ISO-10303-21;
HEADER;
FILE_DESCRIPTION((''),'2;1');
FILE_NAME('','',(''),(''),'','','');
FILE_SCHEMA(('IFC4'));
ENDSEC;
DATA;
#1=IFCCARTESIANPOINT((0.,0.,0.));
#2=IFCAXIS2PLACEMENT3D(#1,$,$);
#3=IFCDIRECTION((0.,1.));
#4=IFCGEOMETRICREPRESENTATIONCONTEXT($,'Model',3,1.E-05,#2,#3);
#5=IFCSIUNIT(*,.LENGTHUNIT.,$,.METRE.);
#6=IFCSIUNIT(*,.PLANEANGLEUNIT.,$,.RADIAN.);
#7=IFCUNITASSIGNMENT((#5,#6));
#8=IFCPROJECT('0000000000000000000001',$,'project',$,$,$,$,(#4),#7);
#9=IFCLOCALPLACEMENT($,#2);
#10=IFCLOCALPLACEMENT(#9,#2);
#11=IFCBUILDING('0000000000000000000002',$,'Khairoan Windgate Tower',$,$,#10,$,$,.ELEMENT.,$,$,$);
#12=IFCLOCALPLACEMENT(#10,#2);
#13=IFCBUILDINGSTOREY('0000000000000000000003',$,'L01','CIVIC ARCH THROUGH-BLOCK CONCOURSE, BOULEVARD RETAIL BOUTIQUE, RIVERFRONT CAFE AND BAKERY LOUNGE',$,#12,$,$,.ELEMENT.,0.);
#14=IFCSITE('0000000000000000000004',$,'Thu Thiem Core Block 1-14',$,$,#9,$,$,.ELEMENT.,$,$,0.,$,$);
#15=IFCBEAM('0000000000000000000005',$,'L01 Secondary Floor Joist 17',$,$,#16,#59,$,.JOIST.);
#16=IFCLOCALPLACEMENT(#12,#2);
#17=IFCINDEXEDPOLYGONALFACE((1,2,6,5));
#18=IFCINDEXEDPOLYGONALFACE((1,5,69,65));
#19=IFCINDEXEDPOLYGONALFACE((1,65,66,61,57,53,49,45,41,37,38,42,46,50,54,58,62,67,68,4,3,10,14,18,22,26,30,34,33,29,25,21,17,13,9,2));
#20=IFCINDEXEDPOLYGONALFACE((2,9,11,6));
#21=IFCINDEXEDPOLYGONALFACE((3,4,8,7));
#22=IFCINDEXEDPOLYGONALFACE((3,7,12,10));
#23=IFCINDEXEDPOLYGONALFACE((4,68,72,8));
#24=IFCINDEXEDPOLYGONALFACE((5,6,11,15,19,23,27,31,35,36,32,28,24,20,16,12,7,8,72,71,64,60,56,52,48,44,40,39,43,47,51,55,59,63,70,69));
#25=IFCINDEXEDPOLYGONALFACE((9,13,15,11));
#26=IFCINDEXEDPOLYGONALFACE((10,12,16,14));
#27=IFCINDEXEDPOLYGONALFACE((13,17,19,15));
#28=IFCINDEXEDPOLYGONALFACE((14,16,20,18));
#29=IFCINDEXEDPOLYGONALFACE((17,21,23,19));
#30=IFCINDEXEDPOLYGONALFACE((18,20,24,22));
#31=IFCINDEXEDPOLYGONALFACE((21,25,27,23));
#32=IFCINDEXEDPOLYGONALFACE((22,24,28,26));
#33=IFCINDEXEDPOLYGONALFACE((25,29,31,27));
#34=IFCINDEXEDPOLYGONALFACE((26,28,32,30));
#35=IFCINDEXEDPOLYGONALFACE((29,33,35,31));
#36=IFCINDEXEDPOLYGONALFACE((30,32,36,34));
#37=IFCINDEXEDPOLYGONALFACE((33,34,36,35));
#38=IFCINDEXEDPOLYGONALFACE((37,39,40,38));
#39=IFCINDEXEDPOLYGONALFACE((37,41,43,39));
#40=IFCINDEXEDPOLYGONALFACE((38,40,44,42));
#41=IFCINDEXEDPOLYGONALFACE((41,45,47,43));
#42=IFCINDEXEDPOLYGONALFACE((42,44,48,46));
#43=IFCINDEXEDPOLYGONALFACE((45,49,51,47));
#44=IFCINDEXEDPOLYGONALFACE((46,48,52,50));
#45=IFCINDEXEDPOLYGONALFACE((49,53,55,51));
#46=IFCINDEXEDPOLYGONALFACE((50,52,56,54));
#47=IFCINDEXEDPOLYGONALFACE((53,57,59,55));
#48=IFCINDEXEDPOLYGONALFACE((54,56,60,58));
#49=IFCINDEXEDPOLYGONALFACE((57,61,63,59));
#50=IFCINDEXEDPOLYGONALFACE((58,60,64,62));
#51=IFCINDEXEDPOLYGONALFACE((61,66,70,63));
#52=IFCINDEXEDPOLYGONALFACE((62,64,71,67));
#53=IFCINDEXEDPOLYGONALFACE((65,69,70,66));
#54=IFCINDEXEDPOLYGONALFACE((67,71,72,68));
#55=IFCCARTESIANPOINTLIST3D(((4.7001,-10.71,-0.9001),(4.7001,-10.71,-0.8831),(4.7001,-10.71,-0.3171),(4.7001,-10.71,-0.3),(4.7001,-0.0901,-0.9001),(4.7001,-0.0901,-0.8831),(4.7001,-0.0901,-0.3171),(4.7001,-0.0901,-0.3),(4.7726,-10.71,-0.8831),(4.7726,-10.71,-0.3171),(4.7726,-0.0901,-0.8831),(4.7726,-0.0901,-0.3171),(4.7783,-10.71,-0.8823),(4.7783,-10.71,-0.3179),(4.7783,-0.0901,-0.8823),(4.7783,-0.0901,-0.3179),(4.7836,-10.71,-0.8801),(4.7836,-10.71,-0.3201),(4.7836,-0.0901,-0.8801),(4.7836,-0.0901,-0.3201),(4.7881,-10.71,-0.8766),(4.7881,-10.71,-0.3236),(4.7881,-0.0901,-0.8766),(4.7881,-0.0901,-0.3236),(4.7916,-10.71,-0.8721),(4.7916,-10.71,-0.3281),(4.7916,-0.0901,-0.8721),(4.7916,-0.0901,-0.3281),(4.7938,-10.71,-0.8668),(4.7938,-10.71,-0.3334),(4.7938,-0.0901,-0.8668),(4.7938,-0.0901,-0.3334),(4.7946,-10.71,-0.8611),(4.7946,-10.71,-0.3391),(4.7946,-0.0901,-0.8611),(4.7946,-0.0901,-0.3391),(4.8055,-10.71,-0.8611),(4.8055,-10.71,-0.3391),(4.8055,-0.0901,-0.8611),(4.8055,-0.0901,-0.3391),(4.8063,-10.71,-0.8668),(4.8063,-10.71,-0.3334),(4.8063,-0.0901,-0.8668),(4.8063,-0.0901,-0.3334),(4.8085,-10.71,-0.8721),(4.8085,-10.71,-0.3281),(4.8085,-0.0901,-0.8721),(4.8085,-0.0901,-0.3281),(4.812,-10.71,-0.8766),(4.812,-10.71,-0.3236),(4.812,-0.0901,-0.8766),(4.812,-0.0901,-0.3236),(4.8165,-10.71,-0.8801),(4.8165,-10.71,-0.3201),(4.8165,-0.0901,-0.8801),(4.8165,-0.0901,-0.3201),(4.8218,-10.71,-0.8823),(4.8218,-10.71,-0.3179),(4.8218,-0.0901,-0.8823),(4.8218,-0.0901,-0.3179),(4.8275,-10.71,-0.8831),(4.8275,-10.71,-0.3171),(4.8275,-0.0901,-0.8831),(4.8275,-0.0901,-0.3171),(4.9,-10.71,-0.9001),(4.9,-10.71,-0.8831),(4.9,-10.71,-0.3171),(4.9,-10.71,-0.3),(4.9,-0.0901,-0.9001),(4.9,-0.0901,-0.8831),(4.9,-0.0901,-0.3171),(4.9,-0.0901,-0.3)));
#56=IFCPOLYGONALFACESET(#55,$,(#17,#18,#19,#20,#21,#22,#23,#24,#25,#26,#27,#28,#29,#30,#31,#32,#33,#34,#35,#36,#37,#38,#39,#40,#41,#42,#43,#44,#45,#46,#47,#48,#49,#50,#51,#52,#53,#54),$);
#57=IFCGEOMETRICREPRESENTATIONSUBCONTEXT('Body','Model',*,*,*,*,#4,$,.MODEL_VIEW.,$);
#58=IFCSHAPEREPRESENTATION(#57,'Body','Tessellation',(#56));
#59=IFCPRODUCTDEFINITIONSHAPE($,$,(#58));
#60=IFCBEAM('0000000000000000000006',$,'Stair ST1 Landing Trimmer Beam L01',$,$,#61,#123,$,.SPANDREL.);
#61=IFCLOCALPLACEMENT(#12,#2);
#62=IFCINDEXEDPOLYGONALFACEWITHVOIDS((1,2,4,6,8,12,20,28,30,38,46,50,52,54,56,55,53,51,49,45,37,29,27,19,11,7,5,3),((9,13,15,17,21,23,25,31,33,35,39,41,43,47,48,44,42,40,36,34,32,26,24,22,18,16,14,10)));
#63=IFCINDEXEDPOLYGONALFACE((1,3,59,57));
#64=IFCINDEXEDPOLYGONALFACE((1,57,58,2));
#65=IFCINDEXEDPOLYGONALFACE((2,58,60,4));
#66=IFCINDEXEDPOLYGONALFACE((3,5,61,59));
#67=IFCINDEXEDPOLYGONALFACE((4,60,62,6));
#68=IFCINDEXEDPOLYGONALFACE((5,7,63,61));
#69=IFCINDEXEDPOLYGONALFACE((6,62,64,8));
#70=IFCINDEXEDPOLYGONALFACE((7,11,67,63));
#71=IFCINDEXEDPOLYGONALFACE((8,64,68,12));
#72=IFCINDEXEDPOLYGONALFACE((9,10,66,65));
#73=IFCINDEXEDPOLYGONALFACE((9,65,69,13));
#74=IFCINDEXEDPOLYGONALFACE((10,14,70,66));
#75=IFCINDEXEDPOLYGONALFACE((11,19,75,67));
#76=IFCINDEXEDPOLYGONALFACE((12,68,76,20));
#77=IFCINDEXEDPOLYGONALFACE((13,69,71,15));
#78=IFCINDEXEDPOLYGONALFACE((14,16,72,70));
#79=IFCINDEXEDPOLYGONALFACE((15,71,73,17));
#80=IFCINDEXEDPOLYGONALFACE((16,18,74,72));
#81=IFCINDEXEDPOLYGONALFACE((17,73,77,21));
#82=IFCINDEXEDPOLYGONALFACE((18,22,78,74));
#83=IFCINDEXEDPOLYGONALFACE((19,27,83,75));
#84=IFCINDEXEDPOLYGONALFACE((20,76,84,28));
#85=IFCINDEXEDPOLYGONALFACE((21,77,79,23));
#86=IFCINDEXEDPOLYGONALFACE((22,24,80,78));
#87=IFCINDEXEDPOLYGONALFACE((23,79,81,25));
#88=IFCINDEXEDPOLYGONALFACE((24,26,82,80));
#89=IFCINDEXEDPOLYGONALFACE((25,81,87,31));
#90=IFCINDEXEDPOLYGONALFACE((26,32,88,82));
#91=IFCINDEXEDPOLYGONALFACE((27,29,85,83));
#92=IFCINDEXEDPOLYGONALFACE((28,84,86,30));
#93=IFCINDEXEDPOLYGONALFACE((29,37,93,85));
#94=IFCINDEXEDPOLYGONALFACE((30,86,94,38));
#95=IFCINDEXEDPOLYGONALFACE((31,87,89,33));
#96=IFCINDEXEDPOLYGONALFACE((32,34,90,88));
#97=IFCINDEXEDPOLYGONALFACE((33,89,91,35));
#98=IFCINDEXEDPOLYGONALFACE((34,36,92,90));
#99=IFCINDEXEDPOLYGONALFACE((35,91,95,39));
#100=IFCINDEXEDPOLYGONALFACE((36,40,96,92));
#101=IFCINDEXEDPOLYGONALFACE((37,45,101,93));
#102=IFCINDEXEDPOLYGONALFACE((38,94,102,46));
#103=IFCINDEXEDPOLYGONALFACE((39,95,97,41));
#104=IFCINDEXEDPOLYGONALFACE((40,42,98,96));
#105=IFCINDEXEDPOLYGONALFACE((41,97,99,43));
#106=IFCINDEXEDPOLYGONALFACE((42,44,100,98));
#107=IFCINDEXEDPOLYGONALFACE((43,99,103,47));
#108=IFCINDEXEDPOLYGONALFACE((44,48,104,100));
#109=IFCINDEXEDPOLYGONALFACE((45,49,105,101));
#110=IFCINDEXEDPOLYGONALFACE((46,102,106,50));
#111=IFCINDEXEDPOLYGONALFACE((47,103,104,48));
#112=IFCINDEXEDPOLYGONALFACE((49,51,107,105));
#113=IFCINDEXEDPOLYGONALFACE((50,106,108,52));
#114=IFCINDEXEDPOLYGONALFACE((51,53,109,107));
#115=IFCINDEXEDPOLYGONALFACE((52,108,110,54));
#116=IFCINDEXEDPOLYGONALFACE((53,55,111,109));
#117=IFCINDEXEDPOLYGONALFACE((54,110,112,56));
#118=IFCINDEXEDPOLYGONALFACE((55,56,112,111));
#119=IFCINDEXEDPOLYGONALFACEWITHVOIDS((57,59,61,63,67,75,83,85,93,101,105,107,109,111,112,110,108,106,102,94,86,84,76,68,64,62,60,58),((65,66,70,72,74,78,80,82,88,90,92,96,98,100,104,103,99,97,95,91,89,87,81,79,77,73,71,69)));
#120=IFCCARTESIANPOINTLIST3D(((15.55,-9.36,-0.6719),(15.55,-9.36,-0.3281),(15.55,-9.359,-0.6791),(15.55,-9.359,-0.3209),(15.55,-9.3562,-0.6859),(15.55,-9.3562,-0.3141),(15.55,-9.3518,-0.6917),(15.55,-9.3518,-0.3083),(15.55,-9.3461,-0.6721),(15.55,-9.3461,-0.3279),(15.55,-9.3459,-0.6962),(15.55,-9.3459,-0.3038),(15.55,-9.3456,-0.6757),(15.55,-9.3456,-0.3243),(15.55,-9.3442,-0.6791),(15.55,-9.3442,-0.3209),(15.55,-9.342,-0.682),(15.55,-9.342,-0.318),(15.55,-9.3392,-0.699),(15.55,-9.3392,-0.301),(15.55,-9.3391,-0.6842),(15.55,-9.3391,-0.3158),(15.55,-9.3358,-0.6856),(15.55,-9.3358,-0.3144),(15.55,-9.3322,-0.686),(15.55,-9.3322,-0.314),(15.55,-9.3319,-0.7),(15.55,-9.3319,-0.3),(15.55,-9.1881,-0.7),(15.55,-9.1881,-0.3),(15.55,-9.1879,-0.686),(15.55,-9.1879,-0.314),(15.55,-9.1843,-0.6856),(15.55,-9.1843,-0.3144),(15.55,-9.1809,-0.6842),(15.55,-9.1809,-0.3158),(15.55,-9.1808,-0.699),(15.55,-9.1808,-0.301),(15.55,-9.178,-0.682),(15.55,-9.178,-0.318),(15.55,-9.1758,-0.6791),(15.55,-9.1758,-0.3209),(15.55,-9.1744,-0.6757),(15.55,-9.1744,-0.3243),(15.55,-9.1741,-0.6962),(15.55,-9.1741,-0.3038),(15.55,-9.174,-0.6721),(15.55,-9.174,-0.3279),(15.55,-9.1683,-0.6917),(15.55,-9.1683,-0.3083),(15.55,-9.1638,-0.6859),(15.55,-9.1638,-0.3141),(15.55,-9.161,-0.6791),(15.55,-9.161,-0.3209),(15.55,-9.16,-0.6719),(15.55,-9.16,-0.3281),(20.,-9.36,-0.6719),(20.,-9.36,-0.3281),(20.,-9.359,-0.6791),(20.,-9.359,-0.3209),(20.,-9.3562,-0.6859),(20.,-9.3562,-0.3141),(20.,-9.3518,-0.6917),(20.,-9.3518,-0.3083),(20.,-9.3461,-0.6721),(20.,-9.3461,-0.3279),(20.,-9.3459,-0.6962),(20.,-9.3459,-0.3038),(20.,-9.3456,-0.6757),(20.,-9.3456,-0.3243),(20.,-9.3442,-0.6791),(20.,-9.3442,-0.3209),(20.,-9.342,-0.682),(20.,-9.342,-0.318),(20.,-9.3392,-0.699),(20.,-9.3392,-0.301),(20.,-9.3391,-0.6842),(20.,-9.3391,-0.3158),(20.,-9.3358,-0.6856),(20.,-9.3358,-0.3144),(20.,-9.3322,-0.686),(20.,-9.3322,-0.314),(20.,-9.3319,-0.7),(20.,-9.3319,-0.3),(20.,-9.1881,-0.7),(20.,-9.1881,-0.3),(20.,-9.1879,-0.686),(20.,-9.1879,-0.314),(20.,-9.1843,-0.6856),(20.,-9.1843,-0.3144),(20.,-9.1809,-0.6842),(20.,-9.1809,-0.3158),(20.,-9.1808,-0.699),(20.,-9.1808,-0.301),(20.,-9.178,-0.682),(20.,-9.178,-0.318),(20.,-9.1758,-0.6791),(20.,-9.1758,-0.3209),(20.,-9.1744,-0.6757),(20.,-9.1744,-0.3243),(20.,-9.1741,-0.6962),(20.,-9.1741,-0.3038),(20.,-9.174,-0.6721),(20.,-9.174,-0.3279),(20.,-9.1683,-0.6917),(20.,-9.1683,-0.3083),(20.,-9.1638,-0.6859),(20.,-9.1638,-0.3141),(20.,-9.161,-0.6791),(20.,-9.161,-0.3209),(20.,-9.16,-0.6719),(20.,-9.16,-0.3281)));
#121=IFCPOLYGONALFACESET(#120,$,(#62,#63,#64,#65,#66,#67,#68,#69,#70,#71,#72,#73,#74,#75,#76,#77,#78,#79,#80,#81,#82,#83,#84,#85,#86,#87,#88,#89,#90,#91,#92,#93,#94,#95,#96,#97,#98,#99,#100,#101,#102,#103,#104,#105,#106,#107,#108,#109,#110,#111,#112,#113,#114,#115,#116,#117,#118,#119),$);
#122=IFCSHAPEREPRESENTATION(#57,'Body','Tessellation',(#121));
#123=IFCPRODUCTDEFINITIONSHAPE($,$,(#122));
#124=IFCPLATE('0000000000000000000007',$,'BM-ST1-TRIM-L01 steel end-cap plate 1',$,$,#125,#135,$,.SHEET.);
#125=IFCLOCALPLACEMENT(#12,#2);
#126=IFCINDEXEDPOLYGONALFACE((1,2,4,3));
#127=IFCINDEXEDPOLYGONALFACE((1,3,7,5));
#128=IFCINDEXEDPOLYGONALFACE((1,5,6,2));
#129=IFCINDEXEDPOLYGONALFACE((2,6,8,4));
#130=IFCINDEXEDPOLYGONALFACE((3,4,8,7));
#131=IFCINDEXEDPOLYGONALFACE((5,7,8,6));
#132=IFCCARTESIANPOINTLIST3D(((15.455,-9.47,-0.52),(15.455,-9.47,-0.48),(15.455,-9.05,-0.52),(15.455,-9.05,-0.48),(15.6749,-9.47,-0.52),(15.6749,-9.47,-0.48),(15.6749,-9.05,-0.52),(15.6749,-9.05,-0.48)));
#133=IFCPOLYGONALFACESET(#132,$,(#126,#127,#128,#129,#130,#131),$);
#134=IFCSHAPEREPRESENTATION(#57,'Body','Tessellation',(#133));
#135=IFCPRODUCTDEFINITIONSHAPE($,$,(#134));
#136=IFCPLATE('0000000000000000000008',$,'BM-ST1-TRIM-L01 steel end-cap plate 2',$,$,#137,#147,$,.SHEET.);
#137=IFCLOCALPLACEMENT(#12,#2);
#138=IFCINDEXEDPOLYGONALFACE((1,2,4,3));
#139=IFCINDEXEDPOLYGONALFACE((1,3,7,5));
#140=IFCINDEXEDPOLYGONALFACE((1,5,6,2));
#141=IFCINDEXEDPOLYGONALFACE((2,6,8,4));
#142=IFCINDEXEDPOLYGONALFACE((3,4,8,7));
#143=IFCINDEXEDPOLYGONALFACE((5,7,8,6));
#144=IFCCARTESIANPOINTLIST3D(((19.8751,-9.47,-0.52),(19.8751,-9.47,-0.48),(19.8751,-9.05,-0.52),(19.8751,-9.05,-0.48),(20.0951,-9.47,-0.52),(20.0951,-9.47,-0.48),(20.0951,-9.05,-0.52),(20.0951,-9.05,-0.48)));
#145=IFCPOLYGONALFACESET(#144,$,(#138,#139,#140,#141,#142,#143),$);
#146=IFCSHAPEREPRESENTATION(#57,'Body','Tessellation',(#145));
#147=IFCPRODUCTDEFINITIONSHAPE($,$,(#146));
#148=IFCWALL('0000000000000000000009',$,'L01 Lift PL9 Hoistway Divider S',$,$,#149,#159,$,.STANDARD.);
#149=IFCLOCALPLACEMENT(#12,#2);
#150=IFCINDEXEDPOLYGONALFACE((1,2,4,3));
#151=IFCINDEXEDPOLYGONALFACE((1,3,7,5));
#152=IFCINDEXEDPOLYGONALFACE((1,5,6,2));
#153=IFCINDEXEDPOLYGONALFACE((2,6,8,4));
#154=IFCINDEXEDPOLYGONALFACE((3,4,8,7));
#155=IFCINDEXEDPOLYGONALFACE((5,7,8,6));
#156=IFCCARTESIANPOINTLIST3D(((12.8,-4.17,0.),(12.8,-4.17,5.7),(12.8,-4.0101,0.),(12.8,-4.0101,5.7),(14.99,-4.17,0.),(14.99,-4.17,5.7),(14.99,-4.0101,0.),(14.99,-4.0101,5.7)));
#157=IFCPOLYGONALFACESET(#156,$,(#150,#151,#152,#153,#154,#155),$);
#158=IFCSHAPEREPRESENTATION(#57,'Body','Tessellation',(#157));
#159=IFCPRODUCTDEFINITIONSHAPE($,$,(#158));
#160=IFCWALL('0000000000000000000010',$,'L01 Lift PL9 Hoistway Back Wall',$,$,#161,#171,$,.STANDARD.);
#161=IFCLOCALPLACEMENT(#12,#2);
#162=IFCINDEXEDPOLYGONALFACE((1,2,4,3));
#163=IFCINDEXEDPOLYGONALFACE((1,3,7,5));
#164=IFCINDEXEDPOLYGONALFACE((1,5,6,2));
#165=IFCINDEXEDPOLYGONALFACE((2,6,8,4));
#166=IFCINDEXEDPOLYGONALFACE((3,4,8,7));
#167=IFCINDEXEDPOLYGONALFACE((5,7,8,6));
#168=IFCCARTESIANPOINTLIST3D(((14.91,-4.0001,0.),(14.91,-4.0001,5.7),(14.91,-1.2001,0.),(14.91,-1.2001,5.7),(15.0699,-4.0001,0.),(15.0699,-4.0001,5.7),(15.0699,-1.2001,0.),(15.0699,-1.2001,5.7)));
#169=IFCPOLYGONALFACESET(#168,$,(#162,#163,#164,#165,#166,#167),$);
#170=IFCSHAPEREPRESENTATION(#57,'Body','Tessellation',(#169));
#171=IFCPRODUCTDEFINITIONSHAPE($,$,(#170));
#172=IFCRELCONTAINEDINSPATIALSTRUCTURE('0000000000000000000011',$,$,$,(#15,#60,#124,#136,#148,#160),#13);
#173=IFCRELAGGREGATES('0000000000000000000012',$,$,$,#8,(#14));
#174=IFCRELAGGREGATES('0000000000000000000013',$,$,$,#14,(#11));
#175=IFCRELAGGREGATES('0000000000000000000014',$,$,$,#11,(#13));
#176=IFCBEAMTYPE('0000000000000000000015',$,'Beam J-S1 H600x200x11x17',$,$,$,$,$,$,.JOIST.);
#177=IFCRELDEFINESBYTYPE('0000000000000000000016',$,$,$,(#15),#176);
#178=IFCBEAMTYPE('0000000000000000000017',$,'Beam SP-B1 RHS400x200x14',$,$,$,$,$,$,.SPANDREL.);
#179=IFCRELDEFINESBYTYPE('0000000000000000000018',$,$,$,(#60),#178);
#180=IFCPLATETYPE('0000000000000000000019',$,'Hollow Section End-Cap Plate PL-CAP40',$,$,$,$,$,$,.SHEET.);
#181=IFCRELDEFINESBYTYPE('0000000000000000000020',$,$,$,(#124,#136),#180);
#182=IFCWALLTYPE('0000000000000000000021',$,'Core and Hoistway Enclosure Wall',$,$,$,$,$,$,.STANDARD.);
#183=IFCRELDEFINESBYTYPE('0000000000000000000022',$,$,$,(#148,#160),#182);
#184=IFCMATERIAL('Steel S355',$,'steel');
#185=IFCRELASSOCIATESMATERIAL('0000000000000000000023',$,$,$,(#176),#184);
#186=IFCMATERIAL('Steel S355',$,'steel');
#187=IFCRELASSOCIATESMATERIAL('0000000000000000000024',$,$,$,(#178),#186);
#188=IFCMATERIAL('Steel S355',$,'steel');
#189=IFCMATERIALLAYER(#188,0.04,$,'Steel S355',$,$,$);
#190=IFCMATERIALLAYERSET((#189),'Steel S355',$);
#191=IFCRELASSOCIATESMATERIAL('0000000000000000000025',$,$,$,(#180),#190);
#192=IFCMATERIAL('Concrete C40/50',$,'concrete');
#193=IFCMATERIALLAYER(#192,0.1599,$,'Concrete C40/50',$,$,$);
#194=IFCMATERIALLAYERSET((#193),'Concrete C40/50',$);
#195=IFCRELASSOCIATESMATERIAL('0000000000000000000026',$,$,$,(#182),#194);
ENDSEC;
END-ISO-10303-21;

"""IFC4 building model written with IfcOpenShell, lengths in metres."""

from ifc_helpers import new_model, si_unit, direction, frame, frame_2d, origin, origin_2d, place, context, subcontext, project, spatial, rectangle, hollow_rectangle, i_section, extrude, material, layer, layer_set, material_profile, profile_set, type_object, element, save


model = new_model("IFC4")

# Units and contexts
model_context = context("Model", 3, precision=1e-05, world=origin(), true_north=direction((0.0, 1.0)))
body_context = subcontext(model_context, "Body", "Model", "MODEL_VIEW")
ifc_project = project(units=[si_unit("LENGTHUNIT", "METRE"), si_unit("PLANEANGLEUNIT", "RADIAN")], contexts=[model_context])

# Site, building, storey
site_placement = place(None, origin())
site = spatial("IfcSite", under=ifc_project, at=site_placement, Name="Thu Thiem Core Block 1-14", CompositionType="ELEMENT", RefElevation=0.0)
building_placement = place(site_placement, origin())
building = spatial("IfcBuilding", under=site, at=building_placement, Name="Khairoan Windgate Tower", CompositionType="ELEMENT")
storey_placement = place(building_placement, origin())
storey = spatial("IfcBuildingStorey", under=building, at=storey_placement, Name="L01", Description="CIVIC ARCH THROUGH-BLOCK CONCOURSE, BOULEVARD RETAIL BOUTIQUE, RIVERFRONT CAFE AND BAKERY LOUNGE", CompositionType="ELEMENT", Elevation=0.0)

# Beams
ifc_material_1 = material(Name="Steel S355", Category="steel")
ifc_material_profile_1 = material_profile(ifc_material_1, i_section(OverallWidth=0.2, OverallDepth=0.6001, WebThickness=0.011, FlangeThickness=0.0171, FilletRadius=0.022, at=origin_2d()))
ifc_profile_set_1 = profile_set([ifc_material_profile_1], Name="Steel S355")
beam_type_1 = type_object("IfcBeamType", Name="Beam J-S1 H600x200x11x17", PredefinedType="JOIST", material=ifc_profile_set_1)
beam_1_placement = place(storey_placement, frame((4.8, -10.71, -0.6001), z_axis=(0.0, 1.0, 0.0), x_axis=(-1.0, 0.0, 0.0)))
element("IfcBeam", 1, at=beam_1_placement, inside=storey, type_object=beam_type_1, Name="L01 Secondary Floor Joist 17", PredefinedType="JOIST", context=body_context, shape_type="SweptSolid", body=[
    extrude(i_section(OverallWidth=0.2, OverallDepth=0.6001, WebThickness=0.011, FlangeThickness=0.0171, FilletRadius=0.022, at=origin_2d()), origin(), (0.0, 0.0, 1.0), 10.6199),
])
ifc_material_2 = material(Name="Steel S355", Category="steel")
ifc_material_profile_2 = material_profile(ifc_material_2, hollow_rectangle(XDim=0.2, YDim=0.3999, WallThickness=0.0139, InnerFilletRadius=0.0139, OuterFilletRadius=0.0281, at=origin_2d()))
ifc_profile_set_2 = profile_set([ifc_material_profile_2], Name="Steel S355")
beam_type_2 = type_object("IfcBeamType", Name="Beam SP-B1 RHS400x200x14", PredefinedType="SPANDREL", material=ifc_profile_set_2)
beam_2_placement = place(storey_placement, frame((15.55, -9.26, -0.5), z_axis=(1.0, 0.0, 0.0), x_axis=(0.0, 1.0, 0.0)))
element("IfcBeam", 2, at=beam_2_placement, inside=storey, type_object=beam_type_2, Name="Stair ST1 Landing Trimmer Beam L01", PredefinedType="SPANDREL", context=body_context, shape_type="SweptSolid", body=[
    extrude(hollow_rectangle(XDim=0.2, YDim=0.3999, WallThickness=0.0139, InnerFilletRadius=0.0139, OuterFilletRadius=0.0281, at=origin_2d()), origin(), (0.0, 0.0, 1.0), 4.45),
])

# Plates
ifc_material_3 = material(Name="Steel S355", Category="steel")
ifc_layer_1 = layer(ifc_material_3, 0.04, Name="Steel S355")
ifc_layer_set_1 = layer_set([ifc_layer_1], Name="Steel S355")
plate_type = type_object("IfcPlateType", Name="Hollow Section End-Cap Plate PL-CAP40", PredefinedType="SHEET", material=ifc_layer_set_1)
for number, where, z_axis, x_axis, name in (
    (3, (15.5649, -9.26, -0.52), (0.0, 0.0, 1.0), (1.0, 0.0, 0.0), "BM-ST1-TRIM-L01 steel end-cap plate 1"),
    (4, (19.9851, -9.26, -0.52), (0.0, 0.0, 1.0), (1.0, 0.0, 0.0), "BM-ST1-TRIM-L01 steel end-cap plate 2"),
):
    element("IfcPlate", number, at=place(storey_placement, frame(where, z_axis=z_axis, x_axis=x_axis)), inside=storey, type_object=plate_type, Name=name, PredefinedType="SHEET", context=body_context, shape_type="SweptSolid", body=[
        extrude(rectangle(XDim=0.22, YDim=0.4199, at=origin_2d()), origin(), (0.0, 0.0, 1.0), 0.04),
    ])

# Walls
ifc_material_4 = material(Name="Concrete C40/50", Category="concrete")
ifc_layer_2 = layer(ifc_material_4, 0.1599, Name="Concrete C40/50")
ifc_layer_set_2 = layer_set([ifc_layer_2], Name="Concrete C40/50")
wall_type_1 = type_object("IfcWallType", Name="Core and Hoistway Enclosure Wall", PredefinedType="STANDARD", material=ifc_layer_set_2)
wall_1_placement = place(storey_placement, frame((12.8, -4.0901, 0.0), z_axis=(0.0, 0.0, 1.0), x_axis=(1.0, 0.0, 0.0)))
element("IfcWall", 5, at=wall_1_placement, inside=storey, type_object=wall_type_1, Name="L01 Lift PL9 Hoistway Divider S", PredefinedType="STANDARD", context=body_context, shape_type="SweptSolid", body=[
    extrude(rectangle(XDim=2.1899, YDim=0.1599, at=frame_2d((1.095, 0.0))), origin(), (0.0, 0.0, 1.0), 5.7),
])
wall_2_placement = place(storey_placement, frame((14.99, -4.0, 0.0), z_axis=(0.0, 0.0, 1.0), x_axis=(0.0, 1.0, 0.0)))
element("IfcWall", 6, at=wall_2_placement, inside=storey, type_object=wall_type_1, Name="L01 Lift PL9 Hoistway Back Wall", PredefinedType="STANDARD", context=body_context, shape_type="SweptSolid", body=[
    extrude(rectangle(XDim=2.8, YDim=0.1599, at=frame_2d((1.3999, 0.0))), origin(), (0.0, 0.0, 1.0), 5.7),
])

save(model, "model.ifc")
